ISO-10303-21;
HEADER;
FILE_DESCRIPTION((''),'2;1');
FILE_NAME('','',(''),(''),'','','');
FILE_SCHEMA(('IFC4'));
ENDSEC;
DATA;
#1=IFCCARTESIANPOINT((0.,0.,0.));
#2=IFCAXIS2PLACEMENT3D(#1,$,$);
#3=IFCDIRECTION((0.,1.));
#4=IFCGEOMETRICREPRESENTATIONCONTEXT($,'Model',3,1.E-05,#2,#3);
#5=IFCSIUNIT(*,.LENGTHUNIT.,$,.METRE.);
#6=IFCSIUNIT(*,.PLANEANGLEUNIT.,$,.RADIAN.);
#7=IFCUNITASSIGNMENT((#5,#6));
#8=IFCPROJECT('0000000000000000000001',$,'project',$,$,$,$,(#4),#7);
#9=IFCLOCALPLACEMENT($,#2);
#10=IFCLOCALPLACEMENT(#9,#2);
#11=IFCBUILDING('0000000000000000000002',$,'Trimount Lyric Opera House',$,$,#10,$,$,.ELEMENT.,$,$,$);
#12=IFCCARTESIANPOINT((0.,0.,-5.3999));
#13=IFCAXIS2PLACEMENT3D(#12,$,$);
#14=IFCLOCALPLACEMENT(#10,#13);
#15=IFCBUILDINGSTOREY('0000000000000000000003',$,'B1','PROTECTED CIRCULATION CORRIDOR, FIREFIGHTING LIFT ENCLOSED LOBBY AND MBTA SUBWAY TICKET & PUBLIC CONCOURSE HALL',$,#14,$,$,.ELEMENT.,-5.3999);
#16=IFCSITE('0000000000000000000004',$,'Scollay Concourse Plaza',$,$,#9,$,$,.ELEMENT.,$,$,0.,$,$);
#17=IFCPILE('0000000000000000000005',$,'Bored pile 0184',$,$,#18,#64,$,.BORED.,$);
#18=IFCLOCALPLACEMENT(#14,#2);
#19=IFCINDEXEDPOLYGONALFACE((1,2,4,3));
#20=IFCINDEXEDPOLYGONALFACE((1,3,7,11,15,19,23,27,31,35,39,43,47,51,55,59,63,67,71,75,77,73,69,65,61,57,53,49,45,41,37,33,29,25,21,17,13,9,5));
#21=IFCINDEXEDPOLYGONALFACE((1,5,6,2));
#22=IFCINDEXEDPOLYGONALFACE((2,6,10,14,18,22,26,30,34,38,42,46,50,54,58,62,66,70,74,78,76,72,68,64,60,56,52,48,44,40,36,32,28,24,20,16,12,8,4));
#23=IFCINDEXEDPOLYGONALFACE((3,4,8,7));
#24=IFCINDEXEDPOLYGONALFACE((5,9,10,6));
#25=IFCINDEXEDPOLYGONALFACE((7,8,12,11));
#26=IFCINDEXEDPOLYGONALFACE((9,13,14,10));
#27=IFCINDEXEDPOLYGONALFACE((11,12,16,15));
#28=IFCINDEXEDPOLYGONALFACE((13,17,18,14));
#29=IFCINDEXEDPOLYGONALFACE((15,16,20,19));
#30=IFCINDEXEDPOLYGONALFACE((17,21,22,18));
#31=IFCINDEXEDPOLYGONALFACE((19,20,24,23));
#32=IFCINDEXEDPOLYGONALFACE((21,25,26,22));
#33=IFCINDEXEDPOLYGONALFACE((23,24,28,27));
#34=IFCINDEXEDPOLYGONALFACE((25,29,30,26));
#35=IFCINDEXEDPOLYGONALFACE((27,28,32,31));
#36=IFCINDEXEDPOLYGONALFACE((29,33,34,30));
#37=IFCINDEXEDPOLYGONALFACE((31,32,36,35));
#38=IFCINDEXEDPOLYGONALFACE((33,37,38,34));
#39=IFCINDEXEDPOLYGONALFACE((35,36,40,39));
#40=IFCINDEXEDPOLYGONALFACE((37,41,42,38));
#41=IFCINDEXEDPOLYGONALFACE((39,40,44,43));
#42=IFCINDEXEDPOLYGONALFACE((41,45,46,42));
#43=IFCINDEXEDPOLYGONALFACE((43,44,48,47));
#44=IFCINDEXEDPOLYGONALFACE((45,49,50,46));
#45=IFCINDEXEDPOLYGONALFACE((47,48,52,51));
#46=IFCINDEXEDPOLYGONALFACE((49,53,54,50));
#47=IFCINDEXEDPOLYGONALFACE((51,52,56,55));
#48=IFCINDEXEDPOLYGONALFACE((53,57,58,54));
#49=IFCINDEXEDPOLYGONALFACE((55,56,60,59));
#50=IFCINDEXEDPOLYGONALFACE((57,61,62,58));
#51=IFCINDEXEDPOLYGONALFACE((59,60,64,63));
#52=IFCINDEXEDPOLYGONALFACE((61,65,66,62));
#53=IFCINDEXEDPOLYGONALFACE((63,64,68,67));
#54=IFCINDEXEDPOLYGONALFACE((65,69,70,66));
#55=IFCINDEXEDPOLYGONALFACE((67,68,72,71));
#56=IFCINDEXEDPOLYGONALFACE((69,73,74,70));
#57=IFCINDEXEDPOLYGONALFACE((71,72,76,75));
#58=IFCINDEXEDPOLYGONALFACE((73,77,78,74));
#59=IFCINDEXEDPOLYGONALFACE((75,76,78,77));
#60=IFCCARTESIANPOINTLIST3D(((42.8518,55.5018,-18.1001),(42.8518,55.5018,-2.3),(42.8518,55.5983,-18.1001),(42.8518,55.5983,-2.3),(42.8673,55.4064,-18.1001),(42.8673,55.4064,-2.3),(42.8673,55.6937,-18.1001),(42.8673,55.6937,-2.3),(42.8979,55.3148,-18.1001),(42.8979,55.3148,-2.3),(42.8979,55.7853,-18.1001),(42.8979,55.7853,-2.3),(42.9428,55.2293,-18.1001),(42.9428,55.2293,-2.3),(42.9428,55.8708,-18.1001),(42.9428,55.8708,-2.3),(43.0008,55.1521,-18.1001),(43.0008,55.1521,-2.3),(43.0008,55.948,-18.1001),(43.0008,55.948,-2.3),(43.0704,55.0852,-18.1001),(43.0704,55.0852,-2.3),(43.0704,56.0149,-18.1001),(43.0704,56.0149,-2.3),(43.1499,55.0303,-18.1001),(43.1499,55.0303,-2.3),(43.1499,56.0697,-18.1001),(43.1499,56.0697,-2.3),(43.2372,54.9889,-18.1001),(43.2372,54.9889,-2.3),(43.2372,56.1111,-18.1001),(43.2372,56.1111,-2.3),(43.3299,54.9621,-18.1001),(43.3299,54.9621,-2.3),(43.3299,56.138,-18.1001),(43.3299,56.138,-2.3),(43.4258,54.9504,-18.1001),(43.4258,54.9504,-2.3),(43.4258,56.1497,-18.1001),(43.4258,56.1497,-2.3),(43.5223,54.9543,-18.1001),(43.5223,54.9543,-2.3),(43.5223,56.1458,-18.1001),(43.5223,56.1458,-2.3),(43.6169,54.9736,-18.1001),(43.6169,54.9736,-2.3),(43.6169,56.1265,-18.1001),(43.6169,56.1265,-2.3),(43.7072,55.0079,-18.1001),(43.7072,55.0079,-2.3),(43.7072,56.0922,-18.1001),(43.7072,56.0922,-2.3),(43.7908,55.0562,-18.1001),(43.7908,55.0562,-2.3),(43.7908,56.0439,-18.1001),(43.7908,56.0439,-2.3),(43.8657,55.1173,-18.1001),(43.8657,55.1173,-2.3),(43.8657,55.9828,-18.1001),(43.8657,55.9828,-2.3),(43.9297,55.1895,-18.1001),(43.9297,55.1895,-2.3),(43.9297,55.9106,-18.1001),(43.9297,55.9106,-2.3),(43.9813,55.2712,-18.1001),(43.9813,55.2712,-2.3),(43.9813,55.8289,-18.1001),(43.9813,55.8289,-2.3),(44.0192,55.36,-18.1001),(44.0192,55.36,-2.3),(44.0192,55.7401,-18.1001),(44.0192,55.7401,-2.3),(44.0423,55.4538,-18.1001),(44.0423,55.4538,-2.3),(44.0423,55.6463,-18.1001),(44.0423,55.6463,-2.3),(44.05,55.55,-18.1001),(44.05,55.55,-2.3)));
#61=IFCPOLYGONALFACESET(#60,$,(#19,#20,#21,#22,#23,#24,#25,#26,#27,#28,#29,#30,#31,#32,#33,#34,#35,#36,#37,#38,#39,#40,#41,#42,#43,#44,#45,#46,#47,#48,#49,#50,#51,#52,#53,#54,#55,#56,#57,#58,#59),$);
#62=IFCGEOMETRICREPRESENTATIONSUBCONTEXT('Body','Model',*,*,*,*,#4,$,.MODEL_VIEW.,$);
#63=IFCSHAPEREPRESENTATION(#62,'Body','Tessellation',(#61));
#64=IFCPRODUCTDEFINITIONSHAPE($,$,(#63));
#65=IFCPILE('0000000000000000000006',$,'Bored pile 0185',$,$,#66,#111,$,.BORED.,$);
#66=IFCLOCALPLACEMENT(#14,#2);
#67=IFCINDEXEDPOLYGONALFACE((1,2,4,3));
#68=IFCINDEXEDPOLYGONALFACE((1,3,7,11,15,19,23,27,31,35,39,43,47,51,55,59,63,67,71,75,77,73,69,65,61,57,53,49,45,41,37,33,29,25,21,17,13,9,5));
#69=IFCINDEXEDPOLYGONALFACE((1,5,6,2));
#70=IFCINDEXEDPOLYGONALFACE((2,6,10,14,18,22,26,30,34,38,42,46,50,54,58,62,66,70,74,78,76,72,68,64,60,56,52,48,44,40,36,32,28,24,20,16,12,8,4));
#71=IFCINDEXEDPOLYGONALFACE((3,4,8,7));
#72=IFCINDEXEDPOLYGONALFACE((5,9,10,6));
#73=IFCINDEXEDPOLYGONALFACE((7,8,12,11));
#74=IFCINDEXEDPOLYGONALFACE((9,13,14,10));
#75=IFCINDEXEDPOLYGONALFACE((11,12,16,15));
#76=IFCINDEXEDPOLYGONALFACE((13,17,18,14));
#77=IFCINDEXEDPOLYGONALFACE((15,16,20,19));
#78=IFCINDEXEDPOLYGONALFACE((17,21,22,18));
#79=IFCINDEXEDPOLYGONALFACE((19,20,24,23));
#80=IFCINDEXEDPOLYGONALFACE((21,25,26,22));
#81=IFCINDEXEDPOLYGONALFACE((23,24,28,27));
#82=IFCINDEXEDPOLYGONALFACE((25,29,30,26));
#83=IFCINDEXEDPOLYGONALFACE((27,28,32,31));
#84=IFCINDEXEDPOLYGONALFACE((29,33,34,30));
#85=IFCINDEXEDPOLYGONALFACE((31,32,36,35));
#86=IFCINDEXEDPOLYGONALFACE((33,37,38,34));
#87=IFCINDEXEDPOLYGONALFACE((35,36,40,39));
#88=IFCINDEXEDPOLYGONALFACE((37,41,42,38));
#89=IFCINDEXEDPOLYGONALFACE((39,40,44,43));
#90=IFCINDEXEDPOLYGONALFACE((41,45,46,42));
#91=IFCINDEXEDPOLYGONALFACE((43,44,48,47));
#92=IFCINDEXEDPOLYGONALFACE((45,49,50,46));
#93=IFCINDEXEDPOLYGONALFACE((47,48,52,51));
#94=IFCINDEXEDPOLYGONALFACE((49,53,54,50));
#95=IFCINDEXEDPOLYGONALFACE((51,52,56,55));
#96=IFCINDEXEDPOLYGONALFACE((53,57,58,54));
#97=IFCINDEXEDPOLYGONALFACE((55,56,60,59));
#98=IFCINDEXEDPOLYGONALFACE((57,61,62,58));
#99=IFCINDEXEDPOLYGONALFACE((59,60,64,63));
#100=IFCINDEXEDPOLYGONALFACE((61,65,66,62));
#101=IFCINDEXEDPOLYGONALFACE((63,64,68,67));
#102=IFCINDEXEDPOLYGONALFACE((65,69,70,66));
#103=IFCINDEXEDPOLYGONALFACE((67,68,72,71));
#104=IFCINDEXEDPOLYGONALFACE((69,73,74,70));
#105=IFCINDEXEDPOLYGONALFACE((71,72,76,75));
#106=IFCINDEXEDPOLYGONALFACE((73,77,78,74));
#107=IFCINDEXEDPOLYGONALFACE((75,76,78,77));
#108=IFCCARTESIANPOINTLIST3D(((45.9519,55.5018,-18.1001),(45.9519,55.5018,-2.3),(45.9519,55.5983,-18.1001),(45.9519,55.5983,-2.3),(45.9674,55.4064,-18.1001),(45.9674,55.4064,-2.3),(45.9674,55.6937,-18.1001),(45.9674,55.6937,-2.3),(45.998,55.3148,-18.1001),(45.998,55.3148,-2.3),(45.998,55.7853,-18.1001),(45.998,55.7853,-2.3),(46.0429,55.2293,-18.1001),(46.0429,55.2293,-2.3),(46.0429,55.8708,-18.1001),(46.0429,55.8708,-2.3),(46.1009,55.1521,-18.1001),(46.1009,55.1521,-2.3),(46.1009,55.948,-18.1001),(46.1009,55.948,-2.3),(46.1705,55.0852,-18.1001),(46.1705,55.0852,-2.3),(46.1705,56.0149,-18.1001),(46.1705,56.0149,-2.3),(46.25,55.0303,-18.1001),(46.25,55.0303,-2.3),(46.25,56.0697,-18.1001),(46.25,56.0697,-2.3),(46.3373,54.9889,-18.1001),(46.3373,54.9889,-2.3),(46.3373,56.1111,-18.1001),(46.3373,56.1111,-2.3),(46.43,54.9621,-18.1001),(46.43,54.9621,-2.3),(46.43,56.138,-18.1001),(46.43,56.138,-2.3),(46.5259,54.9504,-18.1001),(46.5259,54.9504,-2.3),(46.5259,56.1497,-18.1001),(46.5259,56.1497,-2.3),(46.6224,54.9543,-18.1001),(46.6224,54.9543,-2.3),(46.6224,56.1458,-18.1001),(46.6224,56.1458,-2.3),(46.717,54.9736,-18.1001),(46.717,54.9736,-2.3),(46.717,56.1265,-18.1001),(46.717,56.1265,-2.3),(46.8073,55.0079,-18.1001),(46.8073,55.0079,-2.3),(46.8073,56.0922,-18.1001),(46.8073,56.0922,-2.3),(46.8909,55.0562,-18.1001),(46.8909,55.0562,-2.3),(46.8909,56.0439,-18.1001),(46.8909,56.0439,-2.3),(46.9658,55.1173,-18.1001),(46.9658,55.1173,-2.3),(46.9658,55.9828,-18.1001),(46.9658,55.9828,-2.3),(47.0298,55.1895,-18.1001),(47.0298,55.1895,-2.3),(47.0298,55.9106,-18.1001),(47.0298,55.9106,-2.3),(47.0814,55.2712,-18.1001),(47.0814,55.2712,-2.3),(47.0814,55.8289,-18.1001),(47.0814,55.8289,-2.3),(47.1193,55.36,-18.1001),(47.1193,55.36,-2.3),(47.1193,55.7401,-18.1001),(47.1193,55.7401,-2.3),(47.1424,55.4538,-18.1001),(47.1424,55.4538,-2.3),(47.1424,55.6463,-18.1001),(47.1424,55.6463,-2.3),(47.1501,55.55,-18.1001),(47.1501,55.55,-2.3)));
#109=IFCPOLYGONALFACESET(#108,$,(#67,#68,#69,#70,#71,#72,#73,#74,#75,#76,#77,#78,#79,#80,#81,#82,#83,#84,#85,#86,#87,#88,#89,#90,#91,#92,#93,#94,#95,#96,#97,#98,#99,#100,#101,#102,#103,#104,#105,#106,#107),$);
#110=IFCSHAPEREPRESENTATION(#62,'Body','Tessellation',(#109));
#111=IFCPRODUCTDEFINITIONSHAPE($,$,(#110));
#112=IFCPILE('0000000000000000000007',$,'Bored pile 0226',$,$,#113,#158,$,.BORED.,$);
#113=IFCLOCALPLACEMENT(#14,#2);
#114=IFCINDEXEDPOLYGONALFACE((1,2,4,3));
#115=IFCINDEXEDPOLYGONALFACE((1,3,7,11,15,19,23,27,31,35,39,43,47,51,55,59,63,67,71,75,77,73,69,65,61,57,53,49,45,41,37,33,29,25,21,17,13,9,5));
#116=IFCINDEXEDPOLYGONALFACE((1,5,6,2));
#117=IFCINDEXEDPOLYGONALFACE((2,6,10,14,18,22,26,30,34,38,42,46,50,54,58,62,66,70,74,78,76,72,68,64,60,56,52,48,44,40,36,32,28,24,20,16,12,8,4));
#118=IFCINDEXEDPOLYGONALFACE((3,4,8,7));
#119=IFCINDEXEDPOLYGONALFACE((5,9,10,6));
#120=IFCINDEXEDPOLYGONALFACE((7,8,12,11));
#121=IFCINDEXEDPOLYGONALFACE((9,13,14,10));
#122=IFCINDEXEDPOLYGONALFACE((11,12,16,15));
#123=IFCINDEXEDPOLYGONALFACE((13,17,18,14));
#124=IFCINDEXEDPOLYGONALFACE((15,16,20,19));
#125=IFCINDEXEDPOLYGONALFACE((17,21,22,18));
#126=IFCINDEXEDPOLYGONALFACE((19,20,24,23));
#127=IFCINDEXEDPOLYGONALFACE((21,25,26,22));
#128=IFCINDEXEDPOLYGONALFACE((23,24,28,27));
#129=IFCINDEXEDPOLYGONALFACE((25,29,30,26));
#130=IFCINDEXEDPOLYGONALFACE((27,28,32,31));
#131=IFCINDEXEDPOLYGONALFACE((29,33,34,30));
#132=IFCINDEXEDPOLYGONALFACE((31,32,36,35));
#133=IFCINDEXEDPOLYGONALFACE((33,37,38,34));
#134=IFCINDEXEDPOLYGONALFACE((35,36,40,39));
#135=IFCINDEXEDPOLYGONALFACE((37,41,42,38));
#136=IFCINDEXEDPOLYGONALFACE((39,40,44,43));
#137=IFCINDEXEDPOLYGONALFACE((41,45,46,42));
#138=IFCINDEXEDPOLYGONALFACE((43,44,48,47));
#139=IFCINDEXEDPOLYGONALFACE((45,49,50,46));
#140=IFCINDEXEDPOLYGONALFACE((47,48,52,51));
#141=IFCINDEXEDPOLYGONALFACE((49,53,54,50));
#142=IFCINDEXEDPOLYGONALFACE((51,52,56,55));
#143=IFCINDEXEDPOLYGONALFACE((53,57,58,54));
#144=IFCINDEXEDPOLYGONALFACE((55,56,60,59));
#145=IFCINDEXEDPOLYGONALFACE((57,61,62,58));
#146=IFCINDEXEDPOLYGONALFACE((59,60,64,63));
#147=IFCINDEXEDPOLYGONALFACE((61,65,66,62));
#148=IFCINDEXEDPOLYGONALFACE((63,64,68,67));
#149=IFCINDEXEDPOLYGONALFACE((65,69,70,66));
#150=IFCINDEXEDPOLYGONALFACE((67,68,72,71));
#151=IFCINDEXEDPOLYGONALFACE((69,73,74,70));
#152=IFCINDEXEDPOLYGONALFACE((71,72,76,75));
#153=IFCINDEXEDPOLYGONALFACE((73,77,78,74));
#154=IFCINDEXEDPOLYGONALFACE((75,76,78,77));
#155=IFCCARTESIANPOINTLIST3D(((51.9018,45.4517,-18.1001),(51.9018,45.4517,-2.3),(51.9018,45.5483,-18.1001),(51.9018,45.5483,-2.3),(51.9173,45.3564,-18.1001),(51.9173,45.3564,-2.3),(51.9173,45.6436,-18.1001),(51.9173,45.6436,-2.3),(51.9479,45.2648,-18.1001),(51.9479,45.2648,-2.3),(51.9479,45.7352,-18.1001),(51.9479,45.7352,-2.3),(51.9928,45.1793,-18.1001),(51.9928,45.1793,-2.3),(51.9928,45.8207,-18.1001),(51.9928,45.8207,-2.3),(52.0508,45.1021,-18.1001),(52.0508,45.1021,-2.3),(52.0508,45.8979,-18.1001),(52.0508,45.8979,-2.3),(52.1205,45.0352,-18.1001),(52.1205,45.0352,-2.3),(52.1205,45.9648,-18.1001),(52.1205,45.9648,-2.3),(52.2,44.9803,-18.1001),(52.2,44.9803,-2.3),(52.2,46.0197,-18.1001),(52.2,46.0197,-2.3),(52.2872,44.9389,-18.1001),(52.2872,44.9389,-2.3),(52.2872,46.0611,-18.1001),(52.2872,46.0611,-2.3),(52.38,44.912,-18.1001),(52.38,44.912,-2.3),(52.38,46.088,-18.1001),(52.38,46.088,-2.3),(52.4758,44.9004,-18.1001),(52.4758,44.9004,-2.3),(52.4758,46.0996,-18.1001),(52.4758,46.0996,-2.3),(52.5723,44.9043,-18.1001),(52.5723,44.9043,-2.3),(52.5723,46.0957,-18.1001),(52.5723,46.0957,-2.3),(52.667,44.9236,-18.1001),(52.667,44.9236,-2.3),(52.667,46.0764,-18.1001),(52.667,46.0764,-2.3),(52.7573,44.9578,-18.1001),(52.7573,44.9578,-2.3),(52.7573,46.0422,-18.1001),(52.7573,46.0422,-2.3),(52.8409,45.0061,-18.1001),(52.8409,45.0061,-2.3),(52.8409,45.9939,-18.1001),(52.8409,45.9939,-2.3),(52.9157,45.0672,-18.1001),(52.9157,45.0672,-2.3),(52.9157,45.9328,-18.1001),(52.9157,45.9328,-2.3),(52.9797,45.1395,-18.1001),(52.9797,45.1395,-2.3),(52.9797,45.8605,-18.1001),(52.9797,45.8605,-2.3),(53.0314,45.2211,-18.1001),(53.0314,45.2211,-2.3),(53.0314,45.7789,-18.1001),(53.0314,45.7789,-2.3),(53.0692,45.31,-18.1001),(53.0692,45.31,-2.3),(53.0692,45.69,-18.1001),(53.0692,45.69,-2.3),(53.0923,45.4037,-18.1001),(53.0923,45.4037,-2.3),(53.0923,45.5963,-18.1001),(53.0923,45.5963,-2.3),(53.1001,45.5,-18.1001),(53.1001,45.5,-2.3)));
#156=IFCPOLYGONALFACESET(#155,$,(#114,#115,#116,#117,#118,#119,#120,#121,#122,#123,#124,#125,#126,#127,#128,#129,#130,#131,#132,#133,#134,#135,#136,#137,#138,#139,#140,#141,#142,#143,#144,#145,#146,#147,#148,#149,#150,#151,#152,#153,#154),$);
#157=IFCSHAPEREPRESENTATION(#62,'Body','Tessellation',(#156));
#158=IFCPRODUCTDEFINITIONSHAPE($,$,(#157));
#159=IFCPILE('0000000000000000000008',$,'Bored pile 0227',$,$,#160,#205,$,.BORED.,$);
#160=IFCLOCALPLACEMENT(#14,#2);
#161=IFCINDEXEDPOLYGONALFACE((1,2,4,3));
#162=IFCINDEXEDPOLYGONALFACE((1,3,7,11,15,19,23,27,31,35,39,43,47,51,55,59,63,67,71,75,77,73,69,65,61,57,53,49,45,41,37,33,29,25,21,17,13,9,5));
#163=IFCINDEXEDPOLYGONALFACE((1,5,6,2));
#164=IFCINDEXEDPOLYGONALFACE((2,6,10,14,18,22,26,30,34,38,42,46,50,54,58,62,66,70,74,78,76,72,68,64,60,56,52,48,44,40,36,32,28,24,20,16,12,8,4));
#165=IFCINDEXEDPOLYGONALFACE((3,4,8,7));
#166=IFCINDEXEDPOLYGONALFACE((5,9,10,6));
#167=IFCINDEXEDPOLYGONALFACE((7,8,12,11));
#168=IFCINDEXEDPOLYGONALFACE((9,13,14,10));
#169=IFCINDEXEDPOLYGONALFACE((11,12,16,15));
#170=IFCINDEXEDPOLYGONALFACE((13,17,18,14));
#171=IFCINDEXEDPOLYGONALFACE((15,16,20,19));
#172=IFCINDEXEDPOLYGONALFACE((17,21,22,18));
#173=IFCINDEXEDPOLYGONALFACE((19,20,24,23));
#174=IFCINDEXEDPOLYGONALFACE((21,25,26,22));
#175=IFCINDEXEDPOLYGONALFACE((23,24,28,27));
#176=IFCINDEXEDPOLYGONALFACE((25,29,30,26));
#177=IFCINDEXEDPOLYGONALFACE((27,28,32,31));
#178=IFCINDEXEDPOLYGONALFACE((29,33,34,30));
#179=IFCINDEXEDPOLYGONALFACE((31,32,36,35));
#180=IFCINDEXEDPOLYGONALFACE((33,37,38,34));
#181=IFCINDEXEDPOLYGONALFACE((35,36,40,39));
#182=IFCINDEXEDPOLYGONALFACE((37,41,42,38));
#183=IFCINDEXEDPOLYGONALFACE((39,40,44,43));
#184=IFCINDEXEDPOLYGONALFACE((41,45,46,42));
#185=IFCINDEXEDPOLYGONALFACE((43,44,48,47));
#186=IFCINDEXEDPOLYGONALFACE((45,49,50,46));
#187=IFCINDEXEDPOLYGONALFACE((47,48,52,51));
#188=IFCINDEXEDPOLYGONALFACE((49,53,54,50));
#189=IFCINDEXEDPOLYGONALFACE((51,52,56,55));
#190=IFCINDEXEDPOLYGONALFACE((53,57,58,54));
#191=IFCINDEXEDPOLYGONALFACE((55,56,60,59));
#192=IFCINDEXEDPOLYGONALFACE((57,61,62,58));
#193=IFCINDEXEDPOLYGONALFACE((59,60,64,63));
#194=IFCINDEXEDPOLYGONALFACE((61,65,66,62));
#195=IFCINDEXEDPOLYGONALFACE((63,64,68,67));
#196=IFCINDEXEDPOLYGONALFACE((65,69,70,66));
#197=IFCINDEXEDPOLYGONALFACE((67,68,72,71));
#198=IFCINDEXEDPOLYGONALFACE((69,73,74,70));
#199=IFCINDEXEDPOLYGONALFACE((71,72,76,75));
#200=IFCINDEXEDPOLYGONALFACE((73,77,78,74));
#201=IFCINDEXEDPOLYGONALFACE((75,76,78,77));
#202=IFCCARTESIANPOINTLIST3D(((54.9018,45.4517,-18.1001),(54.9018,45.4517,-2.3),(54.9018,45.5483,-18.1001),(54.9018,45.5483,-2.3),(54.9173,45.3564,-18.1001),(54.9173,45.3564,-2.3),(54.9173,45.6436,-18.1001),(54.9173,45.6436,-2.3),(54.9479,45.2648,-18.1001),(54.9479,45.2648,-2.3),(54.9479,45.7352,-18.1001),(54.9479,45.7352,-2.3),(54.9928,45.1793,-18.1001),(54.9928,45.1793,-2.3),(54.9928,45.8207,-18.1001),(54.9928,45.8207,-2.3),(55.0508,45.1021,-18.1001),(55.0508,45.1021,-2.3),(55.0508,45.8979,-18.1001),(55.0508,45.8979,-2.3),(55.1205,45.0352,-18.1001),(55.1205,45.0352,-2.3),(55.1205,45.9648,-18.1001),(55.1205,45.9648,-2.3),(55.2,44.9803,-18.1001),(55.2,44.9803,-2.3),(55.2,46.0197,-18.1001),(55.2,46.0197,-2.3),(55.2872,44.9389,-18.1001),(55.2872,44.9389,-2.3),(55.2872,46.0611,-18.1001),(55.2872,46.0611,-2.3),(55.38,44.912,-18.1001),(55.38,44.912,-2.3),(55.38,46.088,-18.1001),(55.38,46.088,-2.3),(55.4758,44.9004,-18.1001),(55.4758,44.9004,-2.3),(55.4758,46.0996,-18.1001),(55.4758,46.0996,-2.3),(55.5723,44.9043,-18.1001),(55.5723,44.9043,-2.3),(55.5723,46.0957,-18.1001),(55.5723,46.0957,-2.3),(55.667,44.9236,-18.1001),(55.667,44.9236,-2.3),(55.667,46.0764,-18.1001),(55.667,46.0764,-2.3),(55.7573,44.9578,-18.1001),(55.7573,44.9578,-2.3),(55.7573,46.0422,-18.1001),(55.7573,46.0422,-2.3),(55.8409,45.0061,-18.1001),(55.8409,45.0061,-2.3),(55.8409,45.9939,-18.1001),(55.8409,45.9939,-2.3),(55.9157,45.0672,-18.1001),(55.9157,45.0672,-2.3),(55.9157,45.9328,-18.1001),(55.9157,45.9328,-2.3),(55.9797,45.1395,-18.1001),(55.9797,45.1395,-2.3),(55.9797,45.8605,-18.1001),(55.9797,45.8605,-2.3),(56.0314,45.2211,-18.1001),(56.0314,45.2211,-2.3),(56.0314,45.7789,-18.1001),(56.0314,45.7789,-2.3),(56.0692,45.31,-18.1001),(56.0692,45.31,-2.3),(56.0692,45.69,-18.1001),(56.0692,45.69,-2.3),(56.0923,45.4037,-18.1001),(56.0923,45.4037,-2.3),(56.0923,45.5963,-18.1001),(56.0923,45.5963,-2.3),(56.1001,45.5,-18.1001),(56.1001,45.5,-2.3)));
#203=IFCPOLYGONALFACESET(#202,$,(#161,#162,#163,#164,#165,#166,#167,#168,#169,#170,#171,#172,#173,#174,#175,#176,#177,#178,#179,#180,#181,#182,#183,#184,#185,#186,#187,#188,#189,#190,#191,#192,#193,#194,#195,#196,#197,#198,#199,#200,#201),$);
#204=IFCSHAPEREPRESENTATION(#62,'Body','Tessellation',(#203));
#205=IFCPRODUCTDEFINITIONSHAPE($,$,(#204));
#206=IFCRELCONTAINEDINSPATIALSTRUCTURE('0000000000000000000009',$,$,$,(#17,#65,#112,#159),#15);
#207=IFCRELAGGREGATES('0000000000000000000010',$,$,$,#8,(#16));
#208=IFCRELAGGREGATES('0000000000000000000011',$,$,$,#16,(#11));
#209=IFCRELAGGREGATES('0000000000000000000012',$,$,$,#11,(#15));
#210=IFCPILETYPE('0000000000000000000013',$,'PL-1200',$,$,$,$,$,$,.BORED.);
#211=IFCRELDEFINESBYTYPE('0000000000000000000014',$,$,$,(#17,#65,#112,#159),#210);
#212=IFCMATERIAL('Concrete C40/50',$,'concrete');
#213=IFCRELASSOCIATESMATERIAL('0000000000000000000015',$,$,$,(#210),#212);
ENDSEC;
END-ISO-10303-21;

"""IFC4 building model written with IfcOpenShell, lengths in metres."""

from ifc_helpers import new_model, si_unit, direction, frame, origin, origin_2d, place, context, subcontext, project, spatial, circle, extrude, material, material_profile, profile_set, type_object, element, save


model = new_model("IFC4")

# Units and contexts
model_context = context("Model", 3, precision=1e-05, world=origin(), true_north=direction((0.0, 1.0)))
body_context = subcontext(model_context, "Body", "Model", "MODEL_VIEW")
ifc_project = project(units=[si_unit("LENGTHUNIT", "METRE"), si_unit("PLANEANGLEUNIT", "RADIAN")], contexts=[model_context])

# Site, building, storey
site_placement = place(None, origin())
site = spatial("IfcSite", under=ifc_project, at=site_placement, Name="Scollay Concourse Plaza", CompositionType="ELEMENT", RefElevation=0.0)
building_placement = place(site_placement, origin())
building = spatial("IfcBuilding", under=site, at=building_placement, Name="Trimount Lyric Opera House", CompositionType="ELEMENT")
storey_placement = place(building_placement, frame((0.0, 0.0, -5.3999)))
storey = spatial("IfcBuildingStorey", under=building, at=storey_placement, Name="B1", Description="PROTECTED CIRCULATION CORRIDOR, FIREFIGHTING LIFT ENCLOSED LOBBY AND MBTA SUBWAY TICKET & PUBLIC CONCOURSE HALL", CompositionType="ELEMENT", Elevation=-5.3999)

# Piles
ifc_material_1 = material(Name="Concrete C40/50", Category="concrete")
ifc_material_profile_1 = material_profile(ifc_material_1, circle(Radius=0.6001, at=origin_2d()), Name="PILE-D1200")
ifc_profile_set_1 = profile_set([ifc_material_profile_1], Name="Concrete C40/50")
pile_type_1 = type_object("IfcPileType", Name="PL-1200", PredefinedType="BORED", material=ifc_profile_set_1)
for number, where, z_axis, x_axis, name in (
    (1, (43.45, 55.55, -2.3), (0.0, 0.0, -1.0), (1.0, 0.0, 0.0), "Bored pile 0184"),
    (2, (46.55, 55.55, -2.3), (0.0, 0.0, -1.0), (1.0, 0.0, 0.0), "Bored pile 0185"),
    (3, (52.5, 45.5, -2.3), (0.0, 0.0, -1.0), (1.0, 0.0, 0.0), "Bored pile 0226"),
    (4, (55.5, 45.5, -2.3), (0.0, 0.0, -1.0), (1.0, 0.0, 0.0), "Bored pile 0227"),
):
    element("IfcPile", number, at=place(storey_placement, frame(where, z_axis=z_axis, x_axis=x_axis)), inside=storey, type_object=pile_type_1, Name=name, PredefinedType="BORED", context=body_context, shape_type="SweptSolid", body=[
        extrude(circle(Radius=0.6001, at=origin_2d()), origin(), (0.0, 0.0, 1.0), 15.8),
    ])

save(model, "model.ifc")
